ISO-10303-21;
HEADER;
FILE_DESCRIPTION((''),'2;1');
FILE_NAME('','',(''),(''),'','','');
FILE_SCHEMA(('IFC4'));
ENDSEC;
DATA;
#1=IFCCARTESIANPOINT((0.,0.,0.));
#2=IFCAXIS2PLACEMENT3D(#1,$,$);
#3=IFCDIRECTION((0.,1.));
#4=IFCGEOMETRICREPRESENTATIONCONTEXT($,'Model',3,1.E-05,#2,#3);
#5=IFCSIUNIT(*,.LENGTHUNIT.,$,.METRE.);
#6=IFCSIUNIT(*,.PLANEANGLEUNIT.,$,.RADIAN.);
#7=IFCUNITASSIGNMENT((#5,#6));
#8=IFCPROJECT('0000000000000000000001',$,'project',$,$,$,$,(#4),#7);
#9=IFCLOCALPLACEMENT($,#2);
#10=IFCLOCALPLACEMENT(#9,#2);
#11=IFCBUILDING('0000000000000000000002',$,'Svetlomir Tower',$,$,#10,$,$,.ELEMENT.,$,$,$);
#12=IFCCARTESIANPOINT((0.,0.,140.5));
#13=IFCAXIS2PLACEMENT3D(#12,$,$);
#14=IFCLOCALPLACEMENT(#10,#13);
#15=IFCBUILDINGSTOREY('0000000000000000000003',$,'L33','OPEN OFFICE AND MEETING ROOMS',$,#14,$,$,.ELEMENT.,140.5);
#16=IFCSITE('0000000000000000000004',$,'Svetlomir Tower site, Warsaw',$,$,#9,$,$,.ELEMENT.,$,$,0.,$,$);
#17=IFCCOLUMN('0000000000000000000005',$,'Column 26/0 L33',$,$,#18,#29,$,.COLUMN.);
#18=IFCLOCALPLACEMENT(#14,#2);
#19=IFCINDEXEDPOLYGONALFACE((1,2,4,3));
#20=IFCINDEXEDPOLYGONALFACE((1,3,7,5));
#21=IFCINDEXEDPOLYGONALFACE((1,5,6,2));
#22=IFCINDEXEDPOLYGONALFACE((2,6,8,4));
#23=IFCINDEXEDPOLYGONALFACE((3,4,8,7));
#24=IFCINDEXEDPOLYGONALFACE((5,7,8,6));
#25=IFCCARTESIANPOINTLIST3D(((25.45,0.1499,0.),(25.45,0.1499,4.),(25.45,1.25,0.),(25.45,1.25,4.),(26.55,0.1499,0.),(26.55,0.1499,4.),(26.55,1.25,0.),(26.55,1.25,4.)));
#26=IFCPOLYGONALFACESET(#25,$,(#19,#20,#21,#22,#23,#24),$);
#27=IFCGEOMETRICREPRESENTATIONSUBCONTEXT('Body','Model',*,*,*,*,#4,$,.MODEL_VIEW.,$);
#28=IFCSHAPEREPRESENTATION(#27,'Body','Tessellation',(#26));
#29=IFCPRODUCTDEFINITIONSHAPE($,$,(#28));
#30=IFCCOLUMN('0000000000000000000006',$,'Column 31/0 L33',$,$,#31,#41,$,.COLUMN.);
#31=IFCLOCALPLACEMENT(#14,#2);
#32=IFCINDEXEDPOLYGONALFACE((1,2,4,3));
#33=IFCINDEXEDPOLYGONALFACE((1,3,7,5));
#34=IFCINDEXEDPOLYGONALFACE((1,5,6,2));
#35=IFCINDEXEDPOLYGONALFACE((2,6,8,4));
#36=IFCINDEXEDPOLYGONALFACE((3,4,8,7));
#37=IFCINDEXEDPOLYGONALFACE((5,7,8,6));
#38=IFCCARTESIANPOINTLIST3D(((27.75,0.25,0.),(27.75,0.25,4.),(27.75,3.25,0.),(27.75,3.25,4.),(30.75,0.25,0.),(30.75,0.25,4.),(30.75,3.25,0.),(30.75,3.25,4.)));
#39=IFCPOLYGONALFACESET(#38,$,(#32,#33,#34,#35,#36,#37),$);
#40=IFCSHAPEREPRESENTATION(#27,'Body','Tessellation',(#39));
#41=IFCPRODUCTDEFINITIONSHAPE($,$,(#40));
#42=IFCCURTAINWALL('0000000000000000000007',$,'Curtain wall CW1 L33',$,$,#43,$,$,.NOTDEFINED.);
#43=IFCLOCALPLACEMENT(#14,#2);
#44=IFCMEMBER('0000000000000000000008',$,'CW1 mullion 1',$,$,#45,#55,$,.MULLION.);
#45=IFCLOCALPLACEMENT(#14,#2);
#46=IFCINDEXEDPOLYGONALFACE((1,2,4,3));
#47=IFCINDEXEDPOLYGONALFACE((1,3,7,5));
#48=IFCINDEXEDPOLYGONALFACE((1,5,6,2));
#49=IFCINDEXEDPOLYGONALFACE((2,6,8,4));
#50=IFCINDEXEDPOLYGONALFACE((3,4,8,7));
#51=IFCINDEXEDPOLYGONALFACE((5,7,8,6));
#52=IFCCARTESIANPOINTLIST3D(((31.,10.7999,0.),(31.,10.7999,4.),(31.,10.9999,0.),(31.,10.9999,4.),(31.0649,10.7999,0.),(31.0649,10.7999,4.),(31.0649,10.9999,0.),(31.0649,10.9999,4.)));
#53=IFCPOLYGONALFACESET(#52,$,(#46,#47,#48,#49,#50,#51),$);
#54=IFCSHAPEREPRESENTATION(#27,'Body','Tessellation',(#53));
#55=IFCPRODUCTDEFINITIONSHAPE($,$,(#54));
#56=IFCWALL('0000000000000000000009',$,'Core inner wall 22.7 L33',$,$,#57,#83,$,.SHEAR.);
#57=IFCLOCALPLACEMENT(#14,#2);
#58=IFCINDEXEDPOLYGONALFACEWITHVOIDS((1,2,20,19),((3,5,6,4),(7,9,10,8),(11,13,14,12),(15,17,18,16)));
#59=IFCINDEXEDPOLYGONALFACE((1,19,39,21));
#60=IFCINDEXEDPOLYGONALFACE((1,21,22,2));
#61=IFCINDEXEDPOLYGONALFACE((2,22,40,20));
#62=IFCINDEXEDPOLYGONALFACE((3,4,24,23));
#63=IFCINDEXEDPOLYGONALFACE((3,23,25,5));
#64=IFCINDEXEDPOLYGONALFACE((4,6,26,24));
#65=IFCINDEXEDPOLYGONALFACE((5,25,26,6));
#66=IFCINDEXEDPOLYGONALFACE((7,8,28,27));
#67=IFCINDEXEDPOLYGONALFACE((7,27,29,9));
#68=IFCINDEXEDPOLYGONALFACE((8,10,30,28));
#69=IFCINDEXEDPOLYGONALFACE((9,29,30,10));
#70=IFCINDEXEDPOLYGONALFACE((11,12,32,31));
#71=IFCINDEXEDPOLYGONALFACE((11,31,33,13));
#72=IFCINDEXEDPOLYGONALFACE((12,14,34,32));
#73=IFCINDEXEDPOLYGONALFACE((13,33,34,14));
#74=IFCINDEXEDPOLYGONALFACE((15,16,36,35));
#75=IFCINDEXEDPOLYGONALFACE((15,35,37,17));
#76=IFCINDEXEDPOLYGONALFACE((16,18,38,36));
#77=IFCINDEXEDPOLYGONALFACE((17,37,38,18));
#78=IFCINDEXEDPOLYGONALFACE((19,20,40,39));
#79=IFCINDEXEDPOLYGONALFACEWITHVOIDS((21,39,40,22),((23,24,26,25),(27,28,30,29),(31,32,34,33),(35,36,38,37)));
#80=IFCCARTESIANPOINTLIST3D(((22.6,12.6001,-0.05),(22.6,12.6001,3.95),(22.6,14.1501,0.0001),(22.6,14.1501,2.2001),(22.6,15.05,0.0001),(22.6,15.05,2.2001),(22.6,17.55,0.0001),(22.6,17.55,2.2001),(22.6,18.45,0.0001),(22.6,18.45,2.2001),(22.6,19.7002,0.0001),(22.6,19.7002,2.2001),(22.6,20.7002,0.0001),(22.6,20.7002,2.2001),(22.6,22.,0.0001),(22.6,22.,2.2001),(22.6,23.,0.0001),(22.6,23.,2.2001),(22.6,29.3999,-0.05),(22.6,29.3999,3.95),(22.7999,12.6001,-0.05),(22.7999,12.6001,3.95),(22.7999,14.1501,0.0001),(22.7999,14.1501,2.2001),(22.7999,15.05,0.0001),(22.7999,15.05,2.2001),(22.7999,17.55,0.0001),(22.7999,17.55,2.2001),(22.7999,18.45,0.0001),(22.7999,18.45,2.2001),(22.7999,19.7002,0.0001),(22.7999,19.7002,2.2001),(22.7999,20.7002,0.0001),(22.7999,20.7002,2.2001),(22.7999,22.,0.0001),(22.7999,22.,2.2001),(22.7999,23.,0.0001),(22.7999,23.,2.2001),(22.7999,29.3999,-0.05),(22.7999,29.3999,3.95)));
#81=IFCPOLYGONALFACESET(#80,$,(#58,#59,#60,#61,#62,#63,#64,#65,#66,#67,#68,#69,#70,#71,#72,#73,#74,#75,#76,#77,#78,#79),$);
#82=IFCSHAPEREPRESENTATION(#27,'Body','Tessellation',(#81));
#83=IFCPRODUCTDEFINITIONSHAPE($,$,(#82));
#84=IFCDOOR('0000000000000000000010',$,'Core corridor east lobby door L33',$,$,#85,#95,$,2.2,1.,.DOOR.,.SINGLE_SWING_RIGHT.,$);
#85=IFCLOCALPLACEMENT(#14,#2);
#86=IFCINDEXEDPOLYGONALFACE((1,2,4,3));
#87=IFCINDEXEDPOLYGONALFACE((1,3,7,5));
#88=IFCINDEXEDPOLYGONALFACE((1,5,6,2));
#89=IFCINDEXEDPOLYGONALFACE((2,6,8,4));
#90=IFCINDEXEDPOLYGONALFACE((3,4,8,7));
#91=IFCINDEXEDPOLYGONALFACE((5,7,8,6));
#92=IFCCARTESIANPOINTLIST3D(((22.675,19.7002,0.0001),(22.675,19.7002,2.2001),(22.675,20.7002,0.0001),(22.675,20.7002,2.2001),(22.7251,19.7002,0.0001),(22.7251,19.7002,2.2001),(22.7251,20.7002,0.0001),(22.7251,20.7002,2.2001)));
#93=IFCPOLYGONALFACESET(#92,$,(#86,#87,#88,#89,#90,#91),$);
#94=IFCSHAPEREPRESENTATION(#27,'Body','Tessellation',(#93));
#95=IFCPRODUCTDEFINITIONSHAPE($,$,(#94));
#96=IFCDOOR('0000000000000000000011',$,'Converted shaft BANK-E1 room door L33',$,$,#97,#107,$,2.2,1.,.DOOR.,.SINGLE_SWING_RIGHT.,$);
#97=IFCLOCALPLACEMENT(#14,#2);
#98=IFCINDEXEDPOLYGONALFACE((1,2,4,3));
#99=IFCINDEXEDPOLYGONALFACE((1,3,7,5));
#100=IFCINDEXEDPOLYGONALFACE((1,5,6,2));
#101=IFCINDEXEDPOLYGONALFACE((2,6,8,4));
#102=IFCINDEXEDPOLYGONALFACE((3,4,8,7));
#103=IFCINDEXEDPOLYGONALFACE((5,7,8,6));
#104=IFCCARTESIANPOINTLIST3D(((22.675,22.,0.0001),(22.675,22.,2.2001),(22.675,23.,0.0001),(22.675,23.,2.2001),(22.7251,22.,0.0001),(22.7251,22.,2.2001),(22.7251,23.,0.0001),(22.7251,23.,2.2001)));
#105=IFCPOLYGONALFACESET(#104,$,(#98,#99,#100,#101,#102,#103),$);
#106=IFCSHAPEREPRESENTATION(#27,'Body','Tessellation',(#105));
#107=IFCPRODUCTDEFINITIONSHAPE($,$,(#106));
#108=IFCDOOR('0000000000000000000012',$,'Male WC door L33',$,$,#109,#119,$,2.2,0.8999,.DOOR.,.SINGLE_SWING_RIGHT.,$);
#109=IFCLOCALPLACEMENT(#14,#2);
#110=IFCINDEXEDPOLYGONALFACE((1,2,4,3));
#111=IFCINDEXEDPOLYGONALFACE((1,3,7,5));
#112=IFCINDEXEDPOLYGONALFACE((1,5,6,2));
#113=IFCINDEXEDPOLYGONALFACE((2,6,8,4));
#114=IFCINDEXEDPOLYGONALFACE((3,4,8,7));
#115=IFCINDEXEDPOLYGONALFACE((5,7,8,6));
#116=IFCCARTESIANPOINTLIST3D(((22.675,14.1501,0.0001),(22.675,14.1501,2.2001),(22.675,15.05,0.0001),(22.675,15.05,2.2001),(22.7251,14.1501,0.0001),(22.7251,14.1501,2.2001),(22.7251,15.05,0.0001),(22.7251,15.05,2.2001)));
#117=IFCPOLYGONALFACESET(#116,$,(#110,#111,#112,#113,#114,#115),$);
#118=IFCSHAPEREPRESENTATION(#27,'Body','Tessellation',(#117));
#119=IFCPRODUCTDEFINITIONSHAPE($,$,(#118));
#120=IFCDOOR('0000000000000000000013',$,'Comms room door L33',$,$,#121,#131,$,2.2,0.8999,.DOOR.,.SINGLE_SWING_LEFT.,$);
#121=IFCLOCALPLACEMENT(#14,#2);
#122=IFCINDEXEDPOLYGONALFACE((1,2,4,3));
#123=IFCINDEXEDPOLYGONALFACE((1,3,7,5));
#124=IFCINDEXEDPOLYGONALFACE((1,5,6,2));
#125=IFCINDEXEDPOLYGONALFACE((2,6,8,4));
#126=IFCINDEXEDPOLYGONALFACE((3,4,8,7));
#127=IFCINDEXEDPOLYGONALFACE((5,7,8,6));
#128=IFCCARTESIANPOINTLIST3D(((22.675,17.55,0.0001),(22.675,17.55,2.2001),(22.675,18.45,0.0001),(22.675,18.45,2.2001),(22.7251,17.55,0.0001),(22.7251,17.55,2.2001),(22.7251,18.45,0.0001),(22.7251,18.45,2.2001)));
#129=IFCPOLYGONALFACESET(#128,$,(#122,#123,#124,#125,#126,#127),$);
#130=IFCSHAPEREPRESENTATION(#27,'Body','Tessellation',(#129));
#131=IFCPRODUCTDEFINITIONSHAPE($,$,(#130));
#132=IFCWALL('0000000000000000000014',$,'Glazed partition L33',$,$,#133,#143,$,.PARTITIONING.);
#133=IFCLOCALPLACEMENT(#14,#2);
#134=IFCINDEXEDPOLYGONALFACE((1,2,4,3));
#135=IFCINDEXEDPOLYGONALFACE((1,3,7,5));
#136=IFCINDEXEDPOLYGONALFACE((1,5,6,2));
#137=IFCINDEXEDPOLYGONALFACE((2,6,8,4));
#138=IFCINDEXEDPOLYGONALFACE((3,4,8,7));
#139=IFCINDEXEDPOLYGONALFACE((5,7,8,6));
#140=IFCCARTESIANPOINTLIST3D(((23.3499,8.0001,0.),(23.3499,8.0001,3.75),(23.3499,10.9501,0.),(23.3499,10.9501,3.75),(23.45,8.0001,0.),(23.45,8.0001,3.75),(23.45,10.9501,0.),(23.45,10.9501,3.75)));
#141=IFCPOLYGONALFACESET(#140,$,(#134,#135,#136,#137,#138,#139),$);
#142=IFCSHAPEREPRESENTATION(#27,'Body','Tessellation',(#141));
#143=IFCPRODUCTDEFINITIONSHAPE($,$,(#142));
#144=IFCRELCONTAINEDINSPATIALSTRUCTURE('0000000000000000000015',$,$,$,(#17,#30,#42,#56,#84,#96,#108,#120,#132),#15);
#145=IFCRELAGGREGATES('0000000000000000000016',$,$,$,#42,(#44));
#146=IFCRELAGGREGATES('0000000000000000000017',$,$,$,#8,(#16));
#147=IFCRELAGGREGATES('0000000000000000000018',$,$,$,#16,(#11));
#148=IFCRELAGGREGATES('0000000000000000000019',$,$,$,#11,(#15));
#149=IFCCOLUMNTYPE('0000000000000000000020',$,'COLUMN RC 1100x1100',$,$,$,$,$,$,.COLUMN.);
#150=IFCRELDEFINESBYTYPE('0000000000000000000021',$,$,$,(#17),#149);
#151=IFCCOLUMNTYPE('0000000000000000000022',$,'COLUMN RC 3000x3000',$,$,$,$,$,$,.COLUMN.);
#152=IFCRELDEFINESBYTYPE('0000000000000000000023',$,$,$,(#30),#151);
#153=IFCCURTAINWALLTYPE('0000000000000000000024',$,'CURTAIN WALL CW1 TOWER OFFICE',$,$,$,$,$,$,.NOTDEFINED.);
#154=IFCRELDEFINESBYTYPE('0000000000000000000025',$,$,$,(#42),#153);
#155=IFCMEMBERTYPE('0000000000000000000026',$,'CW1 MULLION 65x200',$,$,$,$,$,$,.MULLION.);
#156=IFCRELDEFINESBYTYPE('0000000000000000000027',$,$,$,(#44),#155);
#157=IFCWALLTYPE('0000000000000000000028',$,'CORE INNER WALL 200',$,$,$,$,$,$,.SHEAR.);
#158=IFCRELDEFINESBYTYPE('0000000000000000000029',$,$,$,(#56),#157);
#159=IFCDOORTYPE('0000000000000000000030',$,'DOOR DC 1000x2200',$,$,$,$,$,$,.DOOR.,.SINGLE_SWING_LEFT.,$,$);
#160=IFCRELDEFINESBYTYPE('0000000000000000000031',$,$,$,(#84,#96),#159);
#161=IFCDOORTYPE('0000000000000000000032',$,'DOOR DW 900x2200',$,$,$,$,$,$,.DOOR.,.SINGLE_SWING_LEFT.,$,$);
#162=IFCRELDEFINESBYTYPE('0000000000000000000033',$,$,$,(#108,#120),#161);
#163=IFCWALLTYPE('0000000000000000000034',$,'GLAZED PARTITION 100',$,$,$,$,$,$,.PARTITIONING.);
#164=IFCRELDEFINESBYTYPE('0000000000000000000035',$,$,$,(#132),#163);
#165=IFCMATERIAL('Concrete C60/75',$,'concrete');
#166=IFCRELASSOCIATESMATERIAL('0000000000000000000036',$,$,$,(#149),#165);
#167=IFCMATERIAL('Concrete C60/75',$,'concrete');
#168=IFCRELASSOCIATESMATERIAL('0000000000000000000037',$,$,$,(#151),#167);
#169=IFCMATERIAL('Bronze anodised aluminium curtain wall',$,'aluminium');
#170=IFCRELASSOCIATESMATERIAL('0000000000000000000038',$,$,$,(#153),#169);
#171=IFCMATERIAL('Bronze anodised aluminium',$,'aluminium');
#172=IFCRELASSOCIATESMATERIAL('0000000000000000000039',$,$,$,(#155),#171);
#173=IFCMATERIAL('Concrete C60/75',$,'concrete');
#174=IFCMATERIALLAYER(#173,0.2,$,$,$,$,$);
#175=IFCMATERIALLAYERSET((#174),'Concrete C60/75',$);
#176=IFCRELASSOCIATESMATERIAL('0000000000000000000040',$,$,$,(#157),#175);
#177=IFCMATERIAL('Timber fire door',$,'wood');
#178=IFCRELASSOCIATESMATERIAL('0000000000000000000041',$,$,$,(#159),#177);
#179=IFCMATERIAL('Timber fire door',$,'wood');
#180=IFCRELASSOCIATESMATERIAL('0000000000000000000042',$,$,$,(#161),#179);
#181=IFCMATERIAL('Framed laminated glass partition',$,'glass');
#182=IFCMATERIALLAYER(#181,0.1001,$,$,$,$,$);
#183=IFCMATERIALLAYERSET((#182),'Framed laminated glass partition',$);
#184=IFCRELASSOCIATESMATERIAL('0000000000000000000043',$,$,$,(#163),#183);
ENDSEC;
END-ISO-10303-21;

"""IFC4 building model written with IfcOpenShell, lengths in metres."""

from ifc_helpers import new_model, si_unit, direction, frame, frame_2d, origin, origin_2d, place, context, subcontext, project, spatial, rectangle, extrude, material, layer, layer_set, material_profile, profile_set, type_object, element, fill, aggregate, save


model = new_model("IFC4")

# Units and contexts
model_context = context("Model", 3, precision=1e-05, world=origin(), true_north=direction((0.0, 1.0)))
body_context = subcontext(model_context, "Body", "Model", "MODEL_VIEW")
ifc_project = project(units=[si_unit("LENGTHUNIT", "METRE"), si_unit("PLANEANGLEUNIT", "RADIAN")], contexts=[model_context])

# Site, building, storey
site_placement = place(None, origin())
site = spatial("IfcSite", under=ifc_project, at=site_placement, Name="Svetlomir Tower site, Warsaw", CompositionType="ELEMENT", RefElevation=0.0)
building_placement = place(site_placement, origin())
building = spatial("IfcBuilding", under=site, at=building_placement, Name="Svetlomir Tower", CompositionType="ELEMENT")
storey_placement = place(building_placement, frame((0.0, 0.0, 140.5)))
storey = spatial("IfcBuildingStorey", under=building, at=storey_placement, Name="L33", Description="OPEN OFFICE AND MEETING ROOMS", CompositionType="ELEMENT", Elevation=140.5)

# Columns
ifc_material_1 = material(Name="Concrete C60/75", Category="concrete")
ifc_material_profile_1 = material_profile(ifc_material_1, rectangle(XDim=1.1001, YDim=1.1001, at=origin_2d()), Name="RC 1100x1100")
ifc_profile_set_1 = profile_set([ifc_material_profile_1], Name="Concrete C60/75")
column_type_1 = type_object("IfcColumnType", Name="COLUMN RC 1100x1100", PredefinedType="COLUMN", material=ifc_profile_set_1)
column_1_placement = place(storey_placement, frame((26.0, 0.7, 0.0), z_axis=(0.0, 0.0, 1.0), x_axis=(1.0, 0.0, 0.0)))
element("IfcColumn", 1, at=column_1_placement, inside=storey, type_object=column_type_1, Name="Column 26/0 L33", PredefinedType="COLUMN", context=body_context, shape_type="SweptSolid", body=[
    extrude(rectangle(XDim=1.1001, YDim=1.1001, at=origin_2d()), origin(), (0.0, 0.0, 1.0), 4.0),
])
ifc_material_2 = material(Name="Concrete C60/75", Category="concrete")
ifc_material_profile_2 = material_profile(ifc_material_2, rectangle(XDim=3.0, YDim=3.0, at=origin_2d()), Name="RC 3000x3000")
ifc_profile_set_2 = profile_set([ifc_material_profile_2], Name="Concrete C60/75")
column_type_2 = type_object("IfcColumnType", Name="COLUMN RC 3000x3000", PredefinedType="COLUMN", material=ifc_profile_set_2)
column_2_placement = place(storey_placement, frame((29.25, 1.75, 0.0), z_axis=(0.0, 0.0, 1.0), x_axis=(1.0, 0.0, 0.0)))
element("IfcColumn", 2, at=column_2_placement, inside=storey, type_object=column_type_2, Name="Column 31/0 L33", PredefinedType="COLUMN", context=body_context, shape_type="SweptSolid", body=[
    extrude(rectangle(XDim=3.0, YDim=3.0, at=origin_2d()), origin(), (0.0, 0.0, 1.0), 4.0),
])

# Curtain wall, member
ifc_material_3 = material(Name="Bronze anodised aluminium curtain wall", Category="aluminium")
curtain_wall_type = type_object("IfcCurtainWallType", Name="CURTAIN WALL CW1 TOWER OFFICE", PredefinedType="NOTDEFINED", material=ifc_material_3)
curtain_wall_placement = place(storey_placement, origin())
curtain_wall = element("IfcCurtainWall", 3, at=curtain_wall_placement, inside=storey, type_object=curtain_wall_type, Name="Curtain wall CW1 L33", PredefinedType="NOTDEFINED")
ifc_material_4 = material(Name="Bronze anodised aluminium", Category="aluminium")
ifc_material_profile_3 = material_profile(ifc_material_4, rectangle(XDim=0.0649, YDim=0.2, at=origin_2d()), Name="AL 65x200")
ifc_profile_set_3 = profile_set([ifc_material_profile_3], Name="Bronze anodised aluminium 6063-T6")
member_type = type_object("IfcMemberType", Name="CW1 MULLION 65x200", PredefinedType="MULLION", material=ifc_profile_set_3)
member_placement = place(storey_placement, frame((31.0325, 10.8999, 0.0), z_axis=(0.0, 0.0, 1.0), x_axis=(1.0, 0.0, 0.0)))
member = element("IfcMember", 4, at=member_placement, type_object=member_type, Name="CW1 mullion 1", PredefinedType="MULLION", context=body_context, shape_type="SweptSolid", body=[
    extrude(rectangle(XDim=0.0649, YDim=0.2, at=origin_2d()), origin(), (0.0, 0.0, 1.0), 4.0),
])
aggregate(curtain_wall, [member])

# Wall, openings, doors
ifc_material_5 = material(Name="Concrete C60/75", Category="concrete")
ifc_layer_1 = layer(ifc_material_5, 0.2)
ifc_layer_set_1 = layer_set([ifc_layer_1], Name="Concrete C60/75")
wall_type_1 = type_object("IfcWallType", Name="CORE INNER WALL 200", PredefinedType="SHEAR", material=ifc_layer_set_1)
wall_1_placement = place(storey_placement, frame((22.7, 12.6001, -0.05), z_axis=(0.0, 0.0, 1.0), x_axis=(0.0, 1.0, 0.0)))
wall_1 = element("IfcWall", 5, at=wall_1_placement, inside=storey, type_object=wall_type_1, Name="Core inner wall 22.7 L33", PredefinedType="SHEAR", context=body_context, shape_type="SweptSolid", body=[
    extrude(rectangle(XDim=16.7998, YDim=0.2, at=frame_2d((8.3999, 0.0))), origin(), (0.0, 0.0, 1.0), 4.0),
])
opening_1_placement = place(wall_1_placement, frame((7.1001, 0.0, 0.05)))
opening_1 = element("IfcOpeningElement", 6, at=opening_1_placement, cuts=wall_1, PredefinedType="OPENING", context=body_context, shape_type="SweptSolid", body=[
    extrude(rectangle(XDim=1.0, YDim=2.2, at=frame_2d((0.5, 1.1001))), frame((0.0, 0.1099, 0.0), z_axis=(0.0, -1.0, 0.0), x_axis=(1.0, 0.0, 0.0)), (0.0, 0.0, 1.0), 0.22),
])
opening_2_placement = place(wall_1_placement, frame((1.55, 0.0, 0.05)))
opening_2 = element("IfcOpeningElement", 7, at=opening_2_placement, cuts=wall_1, PredefinedType="OPENING", context=body_context, shape_type="SweptSolid", body=[
    extrude(rectangle(XDim=0.8999, YDim=2.2, at=frame_2d((0.45, 1.1001))), frame((0.0, 0.1099, 0.0), z_axis=(0.0, -1.0, 0.0), x_axis=(1.0, 0.0, 0.0)), (0.0, 0.0, 1.0), 0.22),
])
opening_3_placement = place(wall_1_placement, frame((4.95, 0.0, 0.05)))
opening_3 = element("IfcOpeningElement", 8, at=opening_3_placement, cuts=wall_1, PredefinedType="OPENING", context=body_context, shape_type="SweptSolid", body=[
    extrude(rectangle(XDim=0.8999, YDim=2.2, at=frame_2d((0.45, 1.1001))), frame((0.0, 0.1099, 0.0), z_axis=(0.0, -1.0, 0.0), x_axis=(1.0, 0.0, 0.0)), (0.0, 0.0, 1.0), 0.22),
])
opening_4_placement = place(wall_1_placement, frame((9.3999, 0.0, 0.05)))
opening_4 = element("IfcOpeningElement", 9, at=opening_4_placement, cuts=wall_1, PredefinedType="OPENING", context=body_context, shape_type="SweptSolid", body=[
    extrude(rectangle(XDim=1.0, YDim=2.2, at=frame_2d((0.5, 1.1001))), frame((0.0, 0.1099, 0.0), z_axis=(0.0, -1.0, 0.0), x_axis=(1.0, 0.0, 0.0)), (0.0, 0.0, 1.0), 0.22),
])
ifc_material_6 = material(Name="Timber fire door", Category="wood")
door_type_1 = type_object("IfcDoorType", Name="DOOR DC 1000x2200", OperationType="SINGLE_SWING_LEFT", PredefinedType="DOOR", material=ifc_material_6)
door_1_placement = place(opening_1_placement, origin())
door_1 = element("IfcDoor", 10, at=door_1_placement, inside=storey, type_object=door_type_1, Name="Core corridor east lobby door L33", OperationType="SINGLE_SWING_RIGHT", OverallHeight=2.2, OverallWidth=1.0, PredefinedType="DOOR", context=body_context, shape_type="SweptSolid", body=[
    extrude(rectangle(XDim=1.0, YDim=2.2, at=frame_2d((0.5, 1.1001))), frame((0.0, 0.0249, 0.0), z_axis=(0.0, -1.0, 0.0), x_axis=(1.0, 0.0, 0.0)), (0.0, 0.0, 1.0), 0.05),
])
fill(opening_1, door_1)
door_2_placement = place(opening_4_placement, origin())
door_2 = element("IfcDoor", 11, at=door_2_placement, inside=storey, type_object=door_type_1, Name="Converted shaft BANK-E1 room door L33", OperationType="SINGLE_SWING_RIGHT", OverallHeight=2.2, OverallWidth=1.0, PredefinedType="DOOR", context=body_context, shape_type="SweptSolid", body=[
    extrude(rectangle(XDim=1.0, YDim=2.2, at=frame_2d((0.5, 1.1001))), frame((0.0, 0.0249, 0.0), z_axis=(0.0, -1.0, 0.0), x_axis=(1.0, 0.0, 0.0)), (0.0, 0.0, 1.0), 0.05),
])
fill(opening_4, door_2)
ifc_material_7 = material(Name="Timber fire door", Category="wood")
door_type_2 = type_object("IfcDoorType", Name="DOOR DW 900x2200", OperationType="SINGLE_SWING_LEFT", PredefinedType="DOOR", material=ifc_material_7)
door_3_placement = place(opening_2_placement, origin())
door_3 = element("IfcDoor", 12, at=door_3_placement, inside=storey, type_object=door_type_2, Name="Male WC door L33", OperationType="SINGLE_SWING_RIGHT", OverallHeight=2.2, OverallWidth=0.8999, PredefinedType="DOOR", context=body_context, shape_type="SweptSolid", body=[
    extrude(rectangle(XDim=0.8999, YDim=2.2, at=frame_2d((0.45, 1.1001))), frame((0.0, 0.0249, 0.0), z_axis=(0.0, -1.0, 0.0), x_axis=(1.0, 0.0, 0.0)), (0.0, 0.0, 1.0), 0.05),
])
fill(opening_2, door_3)
door_4_placement = place(opening_3_placement, origin())
door_4 = element("IfcDoor", 13, at=door_4_placement, inside=storey, type_object=door_type_2, Name="Comms room door L33", OperationType="SINGLE_SWING_LEFT", OverallHeight=2.2, OverallWidth=0.8999, PredefinedType="DOOR", context=body_context, shape_type="SweptSolid", body=[
    extrude(rectangle(XDim=0.8999, YDim=2.2, at=frame_2d((0.45, 1.1001))), frame((0.0, 0.0249, 0.0), z_axis=(0.0, -1.0, 0.0), x_axis=(1.0, 0.0, 0.0)), (0.0, 0.0, 1.0), 0.05),
])
fill(opening_3, door_4)

# Wall
ifc_material_8 = material(Name="Framed laminated glass partition", Category="glass")
ifc_layer_2 = layer(ifc_material_8, 0.1001)
ifc_layer_set_2 = layer_set([ifc_layer_2], Name="Framed laminated glass partition")
wall_type_2 = type_object("IfcWallType", Name="GLAZED PARTITION 100", PredefinedType="PARTITIONING", material=ifc_layer_set_2)
wall_2_placement = place(storey_placement, frame((23.3999, 8.0, 0.0), z_axis=(0.0, 0.0, 1.0), x_axis=(0.0, 1.0, 0.0)))
element("IfcWall", 14, at=wall_2_placement, inside=storey, type_object=wall_type_2, Name="Glazed partition L33", PredefinedType="PARTITIONING", context=body_context, shape_type="SweptSolid", body=[
    extrude(rectangle(XDim=2.95, YDim=0.1001, at=frame_2d((1.4751, 0.0))), origin(), (0.0, 0.0, 1.0), 3.75),
])

save(model, "model.ifc")
